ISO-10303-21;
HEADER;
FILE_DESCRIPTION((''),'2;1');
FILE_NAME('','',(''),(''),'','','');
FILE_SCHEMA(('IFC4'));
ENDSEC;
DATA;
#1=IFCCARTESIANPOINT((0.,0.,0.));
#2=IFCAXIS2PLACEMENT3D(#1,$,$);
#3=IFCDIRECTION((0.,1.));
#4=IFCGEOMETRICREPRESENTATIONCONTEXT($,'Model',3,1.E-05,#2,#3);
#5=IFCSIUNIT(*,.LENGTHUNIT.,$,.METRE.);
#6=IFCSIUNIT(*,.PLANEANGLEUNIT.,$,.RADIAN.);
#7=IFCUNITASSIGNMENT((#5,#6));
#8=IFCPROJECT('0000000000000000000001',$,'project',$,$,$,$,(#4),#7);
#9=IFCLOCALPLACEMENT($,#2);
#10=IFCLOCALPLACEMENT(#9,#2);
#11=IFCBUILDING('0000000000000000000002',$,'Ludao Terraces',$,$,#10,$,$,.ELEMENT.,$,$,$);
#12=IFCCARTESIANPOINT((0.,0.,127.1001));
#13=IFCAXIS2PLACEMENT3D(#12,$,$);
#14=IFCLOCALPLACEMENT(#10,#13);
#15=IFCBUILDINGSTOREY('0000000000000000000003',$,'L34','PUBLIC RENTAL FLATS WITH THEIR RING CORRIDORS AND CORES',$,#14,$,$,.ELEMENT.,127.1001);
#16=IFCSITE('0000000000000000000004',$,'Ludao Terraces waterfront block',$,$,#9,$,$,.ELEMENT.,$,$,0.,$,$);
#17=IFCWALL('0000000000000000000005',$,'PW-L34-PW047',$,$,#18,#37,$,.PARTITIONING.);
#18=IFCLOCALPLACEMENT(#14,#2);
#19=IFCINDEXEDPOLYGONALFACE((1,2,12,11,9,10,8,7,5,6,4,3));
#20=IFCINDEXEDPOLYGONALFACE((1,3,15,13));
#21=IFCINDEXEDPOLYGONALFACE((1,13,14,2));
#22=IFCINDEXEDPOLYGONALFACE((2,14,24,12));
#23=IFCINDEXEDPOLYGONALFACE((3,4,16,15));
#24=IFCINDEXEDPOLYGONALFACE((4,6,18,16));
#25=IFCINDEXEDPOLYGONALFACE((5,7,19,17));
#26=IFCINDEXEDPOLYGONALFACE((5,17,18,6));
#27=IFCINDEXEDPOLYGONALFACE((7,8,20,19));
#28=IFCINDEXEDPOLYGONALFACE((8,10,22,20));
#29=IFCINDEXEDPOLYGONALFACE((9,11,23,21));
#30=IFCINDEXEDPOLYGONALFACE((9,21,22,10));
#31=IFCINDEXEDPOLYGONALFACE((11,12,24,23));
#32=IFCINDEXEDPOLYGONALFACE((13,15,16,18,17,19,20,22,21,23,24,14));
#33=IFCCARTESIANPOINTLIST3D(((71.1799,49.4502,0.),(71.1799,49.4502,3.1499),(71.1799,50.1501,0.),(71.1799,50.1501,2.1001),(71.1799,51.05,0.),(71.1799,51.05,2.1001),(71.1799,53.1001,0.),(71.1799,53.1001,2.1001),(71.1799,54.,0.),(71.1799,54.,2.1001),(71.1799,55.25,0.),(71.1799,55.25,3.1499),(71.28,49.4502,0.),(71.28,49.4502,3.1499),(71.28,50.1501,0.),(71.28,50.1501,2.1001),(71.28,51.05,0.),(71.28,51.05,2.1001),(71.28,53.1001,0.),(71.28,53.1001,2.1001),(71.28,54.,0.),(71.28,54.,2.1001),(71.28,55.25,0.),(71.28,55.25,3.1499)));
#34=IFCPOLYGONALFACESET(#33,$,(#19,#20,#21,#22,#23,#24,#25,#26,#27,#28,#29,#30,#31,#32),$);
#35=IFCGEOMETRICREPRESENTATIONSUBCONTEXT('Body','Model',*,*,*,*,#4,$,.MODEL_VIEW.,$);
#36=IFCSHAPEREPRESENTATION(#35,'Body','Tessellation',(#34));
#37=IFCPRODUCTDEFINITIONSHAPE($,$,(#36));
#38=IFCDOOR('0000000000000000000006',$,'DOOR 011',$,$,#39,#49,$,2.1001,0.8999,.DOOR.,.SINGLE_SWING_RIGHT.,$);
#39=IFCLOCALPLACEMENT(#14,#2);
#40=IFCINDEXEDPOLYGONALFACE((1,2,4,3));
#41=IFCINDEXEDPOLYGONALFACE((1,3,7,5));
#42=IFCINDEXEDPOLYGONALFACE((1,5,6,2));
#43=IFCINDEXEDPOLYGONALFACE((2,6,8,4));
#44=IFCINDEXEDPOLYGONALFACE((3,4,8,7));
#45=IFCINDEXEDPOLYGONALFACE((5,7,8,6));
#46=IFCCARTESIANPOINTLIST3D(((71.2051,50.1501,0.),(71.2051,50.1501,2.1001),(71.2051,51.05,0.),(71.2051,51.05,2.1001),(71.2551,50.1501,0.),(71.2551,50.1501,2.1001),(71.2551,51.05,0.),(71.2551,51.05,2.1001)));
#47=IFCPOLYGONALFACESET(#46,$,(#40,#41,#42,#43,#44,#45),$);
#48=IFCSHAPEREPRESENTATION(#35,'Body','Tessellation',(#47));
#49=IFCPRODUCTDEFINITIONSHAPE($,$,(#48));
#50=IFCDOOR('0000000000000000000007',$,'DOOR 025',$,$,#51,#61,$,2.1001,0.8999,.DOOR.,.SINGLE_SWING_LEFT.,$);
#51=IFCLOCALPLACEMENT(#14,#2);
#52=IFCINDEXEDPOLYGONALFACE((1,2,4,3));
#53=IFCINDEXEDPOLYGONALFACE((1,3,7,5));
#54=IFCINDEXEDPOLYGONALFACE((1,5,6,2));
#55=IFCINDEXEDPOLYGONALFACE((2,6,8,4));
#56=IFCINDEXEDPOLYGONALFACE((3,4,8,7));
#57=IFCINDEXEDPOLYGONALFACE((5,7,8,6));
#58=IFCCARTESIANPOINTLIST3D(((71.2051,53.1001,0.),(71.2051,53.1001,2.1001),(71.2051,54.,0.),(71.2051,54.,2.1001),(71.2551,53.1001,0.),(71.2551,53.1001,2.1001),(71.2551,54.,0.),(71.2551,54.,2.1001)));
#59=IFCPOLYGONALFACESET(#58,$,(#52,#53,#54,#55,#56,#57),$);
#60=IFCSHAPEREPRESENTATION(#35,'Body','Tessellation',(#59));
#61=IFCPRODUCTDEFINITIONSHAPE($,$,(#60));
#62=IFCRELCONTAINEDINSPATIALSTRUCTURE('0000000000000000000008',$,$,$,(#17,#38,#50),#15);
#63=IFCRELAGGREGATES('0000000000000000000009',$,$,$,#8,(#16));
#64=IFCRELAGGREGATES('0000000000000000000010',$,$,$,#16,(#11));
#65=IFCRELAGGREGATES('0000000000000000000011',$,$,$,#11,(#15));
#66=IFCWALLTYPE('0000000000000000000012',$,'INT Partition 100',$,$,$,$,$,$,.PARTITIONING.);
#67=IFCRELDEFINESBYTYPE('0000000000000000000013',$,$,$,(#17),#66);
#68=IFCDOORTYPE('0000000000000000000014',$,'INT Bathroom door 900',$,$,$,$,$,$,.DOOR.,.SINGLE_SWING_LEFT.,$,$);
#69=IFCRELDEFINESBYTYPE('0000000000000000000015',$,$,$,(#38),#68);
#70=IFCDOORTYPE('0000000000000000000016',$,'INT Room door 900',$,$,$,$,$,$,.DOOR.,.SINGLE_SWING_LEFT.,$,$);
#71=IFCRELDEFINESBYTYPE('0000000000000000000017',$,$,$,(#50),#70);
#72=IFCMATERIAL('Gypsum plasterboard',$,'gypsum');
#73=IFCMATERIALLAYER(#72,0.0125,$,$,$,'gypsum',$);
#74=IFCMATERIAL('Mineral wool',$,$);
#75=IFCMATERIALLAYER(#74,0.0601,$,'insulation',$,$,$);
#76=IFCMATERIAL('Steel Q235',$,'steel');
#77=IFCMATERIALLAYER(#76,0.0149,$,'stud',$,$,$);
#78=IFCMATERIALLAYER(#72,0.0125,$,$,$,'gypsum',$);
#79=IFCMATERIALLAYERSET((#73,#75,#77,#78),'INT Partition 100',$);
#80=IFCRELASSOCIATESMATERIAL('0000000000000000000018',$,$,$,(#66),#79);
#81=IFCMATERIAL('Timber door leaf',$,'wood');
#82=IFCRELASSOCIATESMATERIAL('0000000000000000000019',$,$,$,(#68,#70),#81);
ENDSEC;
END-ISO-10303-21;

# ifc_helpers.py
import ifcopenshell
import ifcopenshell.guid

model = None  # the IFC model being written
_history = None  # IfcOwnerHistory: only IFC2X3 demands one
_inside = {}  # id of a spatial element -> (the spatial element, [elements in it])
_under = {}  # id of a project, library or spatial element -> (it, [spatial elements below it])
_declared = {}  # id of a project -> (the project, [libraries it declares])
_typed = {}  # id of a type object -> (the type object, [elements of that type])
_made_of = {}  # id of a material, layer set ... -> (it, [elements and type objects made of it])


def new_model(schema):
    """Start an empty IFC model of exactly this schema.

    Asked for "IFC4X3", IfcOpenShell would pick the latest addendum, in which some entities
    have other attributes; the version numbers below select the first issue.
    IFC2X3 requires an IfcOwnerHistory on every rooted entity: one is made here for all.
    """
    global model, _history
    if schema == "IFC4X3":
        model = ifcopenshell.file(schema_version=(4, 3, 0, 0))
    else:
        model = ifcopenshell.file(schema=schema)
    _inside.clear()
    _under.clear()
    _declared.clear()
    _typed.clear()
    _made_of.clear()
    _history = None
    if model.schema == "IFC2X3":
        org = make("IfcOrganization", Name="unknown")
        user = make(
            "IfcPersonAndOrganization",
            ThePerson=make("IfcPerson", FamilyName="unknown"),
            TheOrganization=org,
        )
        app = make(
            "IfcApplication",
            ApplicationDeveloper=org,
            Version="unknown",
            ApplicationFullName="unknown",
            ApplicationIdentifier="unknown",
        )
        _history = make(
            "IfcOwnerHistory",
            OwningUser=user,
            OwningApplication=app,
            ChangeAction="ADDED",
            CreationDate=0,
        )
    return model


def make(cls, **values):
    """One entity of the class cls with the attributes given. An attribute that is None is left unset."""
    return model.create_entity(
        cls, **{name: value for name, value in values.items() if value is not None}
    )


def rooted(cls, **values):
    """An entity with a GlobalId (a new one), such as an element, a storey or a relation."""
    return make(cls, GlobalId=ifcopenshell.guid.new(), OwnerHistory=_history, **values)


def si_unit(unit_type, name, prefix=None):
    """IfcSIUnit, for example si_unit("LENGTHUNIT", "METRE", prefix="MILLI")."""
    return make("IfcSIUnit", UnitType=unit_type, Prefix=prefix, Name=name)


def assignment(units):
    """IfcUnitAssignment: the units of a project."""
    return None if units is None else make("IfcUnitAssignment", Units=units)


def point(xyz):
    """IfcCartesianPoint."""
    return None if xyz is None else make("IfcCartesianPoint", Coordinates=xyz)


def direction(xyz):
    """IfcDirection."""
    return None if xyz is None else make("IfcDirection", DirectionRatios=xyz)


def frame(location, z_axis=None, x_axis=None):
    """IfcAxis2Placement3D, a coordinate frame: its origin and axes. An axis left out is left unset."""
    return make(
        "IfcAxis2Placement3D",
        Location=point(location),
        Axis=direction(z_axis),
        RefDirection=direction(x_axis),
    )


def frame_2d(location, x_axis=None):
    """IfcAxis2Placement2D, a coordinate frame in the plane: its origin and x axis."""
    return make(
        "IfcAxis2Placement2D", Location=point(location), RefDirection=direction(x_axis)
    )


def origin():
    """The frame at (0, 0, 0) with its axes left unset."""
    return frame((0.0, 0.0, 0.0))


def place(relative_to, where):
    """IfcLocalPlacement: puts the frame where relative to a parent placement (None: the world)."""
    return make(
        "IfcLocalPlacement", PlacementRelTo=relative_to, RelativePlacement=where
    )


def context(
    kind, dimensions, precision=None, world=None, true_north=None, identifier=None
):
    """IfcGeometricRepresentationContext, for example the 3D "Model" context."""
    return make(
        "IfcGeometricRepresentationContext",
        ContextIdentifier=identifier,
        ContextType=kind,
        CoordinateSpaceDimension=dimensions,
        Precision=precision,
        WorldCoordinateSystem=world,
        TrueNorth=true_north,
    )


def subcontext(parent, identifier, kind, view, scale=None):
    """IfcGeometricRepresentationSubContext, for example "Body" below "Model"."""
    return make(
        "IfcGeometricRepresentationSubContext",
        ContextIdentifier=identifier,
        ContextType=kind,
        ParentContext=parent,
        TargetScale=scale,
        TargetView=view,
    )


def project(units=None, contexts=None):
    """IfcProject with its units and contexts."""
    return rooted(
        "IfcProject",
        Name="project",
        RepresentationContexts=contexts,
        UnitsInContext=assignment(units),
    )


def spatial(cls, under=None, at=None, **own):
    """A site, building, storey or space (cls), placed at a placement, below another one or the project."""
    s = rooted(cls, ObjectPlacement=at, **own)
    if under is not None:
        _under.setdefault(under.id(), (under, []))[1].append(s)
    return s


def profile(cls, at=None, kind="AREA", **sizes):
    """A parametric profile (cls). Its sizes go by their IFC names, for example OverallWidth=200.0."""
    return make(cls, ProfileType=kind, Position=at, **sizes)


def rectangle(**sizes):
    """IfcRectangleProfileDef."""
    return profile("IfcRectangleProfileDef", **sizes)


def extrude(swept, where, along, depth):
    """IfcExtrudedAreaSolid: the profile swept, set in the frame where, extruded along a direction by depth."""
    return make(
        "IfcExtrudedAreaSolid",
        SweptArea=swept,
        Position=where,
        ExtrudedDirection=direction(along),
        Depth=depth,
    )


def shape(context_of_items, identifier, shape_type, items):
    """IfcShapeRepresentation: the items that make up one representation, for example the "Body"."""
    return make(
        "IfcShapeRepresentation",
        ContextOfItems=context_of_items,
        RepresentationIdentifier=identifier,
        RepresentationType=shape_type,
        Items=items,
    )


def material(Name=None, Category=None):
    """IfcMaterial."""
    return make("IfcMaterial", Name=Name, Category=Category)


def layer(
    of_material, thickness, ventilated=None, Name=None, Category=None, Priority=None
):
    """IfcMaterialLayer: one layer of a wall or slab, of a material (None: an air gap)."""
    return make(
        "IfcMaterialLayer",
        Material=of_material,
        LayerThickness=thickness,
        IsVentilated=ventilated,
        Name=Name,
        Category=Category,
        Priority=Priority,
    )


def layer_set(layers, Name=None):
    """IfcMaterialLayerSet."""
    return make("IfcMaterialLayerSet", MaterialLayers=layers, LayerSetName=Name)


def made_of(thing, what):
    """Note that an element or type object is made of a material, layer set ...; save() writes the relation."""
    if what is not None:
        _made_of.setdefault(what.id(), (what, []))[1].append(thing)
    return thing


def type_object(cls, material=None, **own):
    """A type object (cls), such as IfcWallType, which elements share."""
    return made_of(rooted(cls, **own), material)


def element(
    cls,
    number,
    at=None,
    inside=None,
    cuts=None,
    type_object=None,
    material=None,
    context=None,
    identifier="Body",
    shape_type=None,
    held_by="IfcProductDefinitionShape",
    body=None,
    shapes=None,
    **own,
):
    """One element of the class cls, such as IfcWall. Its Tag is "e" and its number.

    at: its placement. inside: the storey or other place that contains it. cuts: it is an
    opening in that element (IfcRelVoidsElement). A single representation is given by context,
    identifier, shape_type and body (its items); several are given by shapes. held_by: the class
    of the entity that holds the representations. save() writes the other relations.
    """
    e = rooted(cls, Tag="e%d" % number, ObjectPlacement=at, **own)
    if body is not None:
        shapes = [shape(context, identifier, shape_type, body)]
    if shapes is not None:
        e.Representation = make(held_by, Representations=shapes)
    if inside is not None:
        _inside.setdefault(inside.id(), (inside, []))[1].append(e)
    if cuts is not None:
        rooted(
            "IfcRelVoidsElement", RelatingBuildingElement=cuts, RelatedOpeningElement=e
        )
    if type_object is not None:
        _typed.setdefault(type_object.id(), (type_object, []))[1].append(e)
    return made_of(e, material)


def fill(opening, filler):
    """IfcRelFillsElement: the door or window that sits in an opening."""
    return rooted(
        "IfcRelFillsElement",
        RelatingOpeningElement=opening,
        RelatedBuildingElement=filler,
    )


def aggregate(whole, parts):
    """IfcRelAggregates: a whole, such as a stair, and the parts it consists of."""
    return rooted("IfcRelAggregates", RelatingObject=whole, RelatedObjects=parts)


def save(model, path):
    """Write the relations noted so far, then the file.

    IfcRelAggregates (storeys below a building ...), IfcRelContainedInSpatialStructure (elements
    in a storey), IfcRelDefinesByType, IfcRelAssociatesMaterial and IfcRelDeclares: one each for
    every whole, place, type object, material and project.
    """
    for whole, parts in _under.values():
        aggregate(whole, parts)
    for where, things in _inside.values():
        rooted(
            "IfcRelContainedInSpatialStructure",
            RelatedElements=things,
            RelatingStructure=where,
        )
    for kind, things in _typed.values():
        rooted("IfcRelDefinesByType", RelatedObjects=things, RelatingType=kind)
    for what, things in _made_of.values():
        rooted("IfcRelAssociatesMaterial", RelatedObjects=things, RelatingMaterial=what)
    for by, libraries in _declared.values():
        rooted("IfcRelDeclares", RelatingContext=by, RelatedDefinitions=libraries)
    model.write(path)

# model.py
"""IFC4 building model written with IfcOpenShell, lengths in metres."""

from ifc_helpers import new_model, si_unit, direction, frame, frame_2d, origin, place, context, subcontext, project, spatial, rectangle, extrude, material, layer, layer_set, type_object, element, fill, save


model = new_model("IFC4")

# Units and contexts
model_context = context("Model", 3, precision=1e-05, world=origin(), true_north=direction((0.0, 1.0)))
body_context = subcontext(model_context, "Body", "Model", "MODEL_VIEW")
ifc_project = project(units=[si_unit("LENGTHUNIT", "METRE"), si_unit("PLANEANGLEUNIT", "RADIAN")], contexts=[model_context])

# Site, building, storey
site_placement = place(None, origin())
site = spatial("IfcSite", under=ifc_project, at=site_placement, Name="Ludao Terraces waterfront block", CompositionType="ELEMENT", RefElevation=0.0)
building_placement = place(site_placement, origin())
building = spatial("IfcBuilding", under=site, at=building_placement, Name="Ludao Terraces", CompositionType="ELEMENT")
storey_placement = place(building_placement, frame((0.0, 0.0, 127.1001)))
storey = spatial("IfcBuildingStorey", under=building, at=storey_placement, Name="L34", Description="PUBLIC RENTAL FLATS WITH THEIR RING CORRIDORS AND CORES", CompositionType="ELEMENT", Elevation=127.1001)

# Shared definitions
ifc_material_1 = material(Name="Mineral wool")

# Wall, openings, doors
ifc_material_2 = material(Name="Gypsum plasterboard", Category="gypsum")
ifc_layer_1 = layer(ifc_material_2, 0.0125, Category="gypsum")
ifc_layer_2 = layer(ifc_material_1, 0.0601, Name="insulation")
ifc_material_3 = material(Name="Steel Q235", Category="steel")
ifc_layer_3 = layer(ifc_material_3, 0.0149, Name="stud")
ifc_layer_4 = layer(ifc_material_2, 0.0125, Category="gypsum")
ifc_layer_set_1 = layer_set([ifc_layer_1, ifc_layer_2, ifc_layer_3, ifc_layer_4], Name="INT Partition 100")
wall_type_1 = type_object("IfcWallType", Name="INT Partition 100", PredefinedType="PARTITIONING", material=ifc_layer_set_1)
ifc_material_4 = material(Name="Timber door leaf", Category="wood")
door_type_1 = type_object("IfcDoorType", Name="INT Bathroom door 900", OperationType="SINGLE_SWING_LEFT", PredefinedType="DOOR", material=ifc_material_4)
door_type_2 = type_object("IfcDoorType", Name="INT Room door 900", OperationType="SINGLE_SWING_LEFT", PredefinedType="DOOR", material=ifc_material_4)
wall_1_placement = place(storey_placement, frame((71.23, 49.4502, 0.0), z_axis=(0.0, 0.0, 1.0), x_axis=(0.0, 1.0, 0.0)))
wall_1 = element("IfcWall", 1, at=wall_1_placement, inside=storey, type_object=wall_type_1, Name="PW-L34-PW047", PredefinedType="PARTITIONING", context=body_context, shape_type="SweptSolid", body=[
    extrude(rectangle(XDim=5.7998, YDim=0.1001, at=frame_2d((2.8999, 0.0))), origin(), (0.0, 0.0, 1.0), 3.1499),
])
opening_1_placement = place(wall_1_placement, frame((0.7, 0.0, 0.0)))
opening_1 = element("IfcOpeningElement", 2, at=opening_1_placement, cuts=wall_1, PredefinedType="OPENING", context=body_context, shape_type="SweptSolid", body=[
    extrude(rectangle(XDim=0.8999, YDim=2.1001, at=frame_2d((0.45, 1.05))), frame((0.0, 0.0601, 0.0), z_axis=(0.0, -1.0, 0.0), x_axis=(1.0, 0.0, 0.0)), (0.0, 0.0, 1.0), 0.1201),
])
opening_2_placement = place(wall_1_placement, frame((3.6499, 0.0, 0.0)))
opening_2 = element("IfcOpeningElement", 3, at=opening_2_placement, cuts=wall_1, PredefinedType="OPENING", context=body_context, shape_type="SweptSolid", body=[
    extrude(rectangle(XDim=0.8999, YDim=2.1001, at=frame_2d((0.45, 1.05))), frame((0.0, 0.0601, 0.0), z_axis=(0.0, -1.0, 0.0), x_axis=(1.0, 0.0, 0.0)), (0.0, 0.0, 1.0), 0.1201),
])
door_1_placement = place(opening_1_placement, origin())
door_1 = element("IfcDoor", 4, at=door_1_placement, inside=storey, type_object=door_type_1, Name="DOOR 011", OperationType="SINGLE_SWING_RIGHT", OverallHeight=2.1001, OverallWidth=0.8999, PredefinedType="DOOR", context=body_context, shape_type="SweptSolid", body=[
    extrude(rectangle(XDim=0.8999, YDim=2.1001, at=frame_2d((0.45, 1.05))), frame((0.0, 0.0249, 0.0), z_axis=(0.0, -1.0, 0.0), x_axis=(1.0, 0.0, 0.0)), (0.0, 0.0, 1.0), 0.05),
])
fill(opening_1, door_1)
door_2_placement = place(opening_2_placement, origin())
door_2 = element("IfcDoor", 5, at=door_2_placement, inside=storey, type_object=door_type_2, Name="DOOR 025", OperationType="SINGLE_SWING_LEFT", OverallHeight=2.1001, OverallWidth=0.8999, PredefinedType="DOOR", context=body_context, shape_type="SweptSolid", body=[
    extrude(rectangle(XDim=0.8999, YDim=2.1001, at=frame_2d((0.45, 1.05))), frame((0.0, 0.0249, 0.0), z_axis=(0.0, -1.0, 0.0), x_axis=(1.0, 0.0, 0.0)), (0.0, 0.0, 1.0), 0.05),
])
fill(opening_2, door_2)

save(model, "model.ifc")
